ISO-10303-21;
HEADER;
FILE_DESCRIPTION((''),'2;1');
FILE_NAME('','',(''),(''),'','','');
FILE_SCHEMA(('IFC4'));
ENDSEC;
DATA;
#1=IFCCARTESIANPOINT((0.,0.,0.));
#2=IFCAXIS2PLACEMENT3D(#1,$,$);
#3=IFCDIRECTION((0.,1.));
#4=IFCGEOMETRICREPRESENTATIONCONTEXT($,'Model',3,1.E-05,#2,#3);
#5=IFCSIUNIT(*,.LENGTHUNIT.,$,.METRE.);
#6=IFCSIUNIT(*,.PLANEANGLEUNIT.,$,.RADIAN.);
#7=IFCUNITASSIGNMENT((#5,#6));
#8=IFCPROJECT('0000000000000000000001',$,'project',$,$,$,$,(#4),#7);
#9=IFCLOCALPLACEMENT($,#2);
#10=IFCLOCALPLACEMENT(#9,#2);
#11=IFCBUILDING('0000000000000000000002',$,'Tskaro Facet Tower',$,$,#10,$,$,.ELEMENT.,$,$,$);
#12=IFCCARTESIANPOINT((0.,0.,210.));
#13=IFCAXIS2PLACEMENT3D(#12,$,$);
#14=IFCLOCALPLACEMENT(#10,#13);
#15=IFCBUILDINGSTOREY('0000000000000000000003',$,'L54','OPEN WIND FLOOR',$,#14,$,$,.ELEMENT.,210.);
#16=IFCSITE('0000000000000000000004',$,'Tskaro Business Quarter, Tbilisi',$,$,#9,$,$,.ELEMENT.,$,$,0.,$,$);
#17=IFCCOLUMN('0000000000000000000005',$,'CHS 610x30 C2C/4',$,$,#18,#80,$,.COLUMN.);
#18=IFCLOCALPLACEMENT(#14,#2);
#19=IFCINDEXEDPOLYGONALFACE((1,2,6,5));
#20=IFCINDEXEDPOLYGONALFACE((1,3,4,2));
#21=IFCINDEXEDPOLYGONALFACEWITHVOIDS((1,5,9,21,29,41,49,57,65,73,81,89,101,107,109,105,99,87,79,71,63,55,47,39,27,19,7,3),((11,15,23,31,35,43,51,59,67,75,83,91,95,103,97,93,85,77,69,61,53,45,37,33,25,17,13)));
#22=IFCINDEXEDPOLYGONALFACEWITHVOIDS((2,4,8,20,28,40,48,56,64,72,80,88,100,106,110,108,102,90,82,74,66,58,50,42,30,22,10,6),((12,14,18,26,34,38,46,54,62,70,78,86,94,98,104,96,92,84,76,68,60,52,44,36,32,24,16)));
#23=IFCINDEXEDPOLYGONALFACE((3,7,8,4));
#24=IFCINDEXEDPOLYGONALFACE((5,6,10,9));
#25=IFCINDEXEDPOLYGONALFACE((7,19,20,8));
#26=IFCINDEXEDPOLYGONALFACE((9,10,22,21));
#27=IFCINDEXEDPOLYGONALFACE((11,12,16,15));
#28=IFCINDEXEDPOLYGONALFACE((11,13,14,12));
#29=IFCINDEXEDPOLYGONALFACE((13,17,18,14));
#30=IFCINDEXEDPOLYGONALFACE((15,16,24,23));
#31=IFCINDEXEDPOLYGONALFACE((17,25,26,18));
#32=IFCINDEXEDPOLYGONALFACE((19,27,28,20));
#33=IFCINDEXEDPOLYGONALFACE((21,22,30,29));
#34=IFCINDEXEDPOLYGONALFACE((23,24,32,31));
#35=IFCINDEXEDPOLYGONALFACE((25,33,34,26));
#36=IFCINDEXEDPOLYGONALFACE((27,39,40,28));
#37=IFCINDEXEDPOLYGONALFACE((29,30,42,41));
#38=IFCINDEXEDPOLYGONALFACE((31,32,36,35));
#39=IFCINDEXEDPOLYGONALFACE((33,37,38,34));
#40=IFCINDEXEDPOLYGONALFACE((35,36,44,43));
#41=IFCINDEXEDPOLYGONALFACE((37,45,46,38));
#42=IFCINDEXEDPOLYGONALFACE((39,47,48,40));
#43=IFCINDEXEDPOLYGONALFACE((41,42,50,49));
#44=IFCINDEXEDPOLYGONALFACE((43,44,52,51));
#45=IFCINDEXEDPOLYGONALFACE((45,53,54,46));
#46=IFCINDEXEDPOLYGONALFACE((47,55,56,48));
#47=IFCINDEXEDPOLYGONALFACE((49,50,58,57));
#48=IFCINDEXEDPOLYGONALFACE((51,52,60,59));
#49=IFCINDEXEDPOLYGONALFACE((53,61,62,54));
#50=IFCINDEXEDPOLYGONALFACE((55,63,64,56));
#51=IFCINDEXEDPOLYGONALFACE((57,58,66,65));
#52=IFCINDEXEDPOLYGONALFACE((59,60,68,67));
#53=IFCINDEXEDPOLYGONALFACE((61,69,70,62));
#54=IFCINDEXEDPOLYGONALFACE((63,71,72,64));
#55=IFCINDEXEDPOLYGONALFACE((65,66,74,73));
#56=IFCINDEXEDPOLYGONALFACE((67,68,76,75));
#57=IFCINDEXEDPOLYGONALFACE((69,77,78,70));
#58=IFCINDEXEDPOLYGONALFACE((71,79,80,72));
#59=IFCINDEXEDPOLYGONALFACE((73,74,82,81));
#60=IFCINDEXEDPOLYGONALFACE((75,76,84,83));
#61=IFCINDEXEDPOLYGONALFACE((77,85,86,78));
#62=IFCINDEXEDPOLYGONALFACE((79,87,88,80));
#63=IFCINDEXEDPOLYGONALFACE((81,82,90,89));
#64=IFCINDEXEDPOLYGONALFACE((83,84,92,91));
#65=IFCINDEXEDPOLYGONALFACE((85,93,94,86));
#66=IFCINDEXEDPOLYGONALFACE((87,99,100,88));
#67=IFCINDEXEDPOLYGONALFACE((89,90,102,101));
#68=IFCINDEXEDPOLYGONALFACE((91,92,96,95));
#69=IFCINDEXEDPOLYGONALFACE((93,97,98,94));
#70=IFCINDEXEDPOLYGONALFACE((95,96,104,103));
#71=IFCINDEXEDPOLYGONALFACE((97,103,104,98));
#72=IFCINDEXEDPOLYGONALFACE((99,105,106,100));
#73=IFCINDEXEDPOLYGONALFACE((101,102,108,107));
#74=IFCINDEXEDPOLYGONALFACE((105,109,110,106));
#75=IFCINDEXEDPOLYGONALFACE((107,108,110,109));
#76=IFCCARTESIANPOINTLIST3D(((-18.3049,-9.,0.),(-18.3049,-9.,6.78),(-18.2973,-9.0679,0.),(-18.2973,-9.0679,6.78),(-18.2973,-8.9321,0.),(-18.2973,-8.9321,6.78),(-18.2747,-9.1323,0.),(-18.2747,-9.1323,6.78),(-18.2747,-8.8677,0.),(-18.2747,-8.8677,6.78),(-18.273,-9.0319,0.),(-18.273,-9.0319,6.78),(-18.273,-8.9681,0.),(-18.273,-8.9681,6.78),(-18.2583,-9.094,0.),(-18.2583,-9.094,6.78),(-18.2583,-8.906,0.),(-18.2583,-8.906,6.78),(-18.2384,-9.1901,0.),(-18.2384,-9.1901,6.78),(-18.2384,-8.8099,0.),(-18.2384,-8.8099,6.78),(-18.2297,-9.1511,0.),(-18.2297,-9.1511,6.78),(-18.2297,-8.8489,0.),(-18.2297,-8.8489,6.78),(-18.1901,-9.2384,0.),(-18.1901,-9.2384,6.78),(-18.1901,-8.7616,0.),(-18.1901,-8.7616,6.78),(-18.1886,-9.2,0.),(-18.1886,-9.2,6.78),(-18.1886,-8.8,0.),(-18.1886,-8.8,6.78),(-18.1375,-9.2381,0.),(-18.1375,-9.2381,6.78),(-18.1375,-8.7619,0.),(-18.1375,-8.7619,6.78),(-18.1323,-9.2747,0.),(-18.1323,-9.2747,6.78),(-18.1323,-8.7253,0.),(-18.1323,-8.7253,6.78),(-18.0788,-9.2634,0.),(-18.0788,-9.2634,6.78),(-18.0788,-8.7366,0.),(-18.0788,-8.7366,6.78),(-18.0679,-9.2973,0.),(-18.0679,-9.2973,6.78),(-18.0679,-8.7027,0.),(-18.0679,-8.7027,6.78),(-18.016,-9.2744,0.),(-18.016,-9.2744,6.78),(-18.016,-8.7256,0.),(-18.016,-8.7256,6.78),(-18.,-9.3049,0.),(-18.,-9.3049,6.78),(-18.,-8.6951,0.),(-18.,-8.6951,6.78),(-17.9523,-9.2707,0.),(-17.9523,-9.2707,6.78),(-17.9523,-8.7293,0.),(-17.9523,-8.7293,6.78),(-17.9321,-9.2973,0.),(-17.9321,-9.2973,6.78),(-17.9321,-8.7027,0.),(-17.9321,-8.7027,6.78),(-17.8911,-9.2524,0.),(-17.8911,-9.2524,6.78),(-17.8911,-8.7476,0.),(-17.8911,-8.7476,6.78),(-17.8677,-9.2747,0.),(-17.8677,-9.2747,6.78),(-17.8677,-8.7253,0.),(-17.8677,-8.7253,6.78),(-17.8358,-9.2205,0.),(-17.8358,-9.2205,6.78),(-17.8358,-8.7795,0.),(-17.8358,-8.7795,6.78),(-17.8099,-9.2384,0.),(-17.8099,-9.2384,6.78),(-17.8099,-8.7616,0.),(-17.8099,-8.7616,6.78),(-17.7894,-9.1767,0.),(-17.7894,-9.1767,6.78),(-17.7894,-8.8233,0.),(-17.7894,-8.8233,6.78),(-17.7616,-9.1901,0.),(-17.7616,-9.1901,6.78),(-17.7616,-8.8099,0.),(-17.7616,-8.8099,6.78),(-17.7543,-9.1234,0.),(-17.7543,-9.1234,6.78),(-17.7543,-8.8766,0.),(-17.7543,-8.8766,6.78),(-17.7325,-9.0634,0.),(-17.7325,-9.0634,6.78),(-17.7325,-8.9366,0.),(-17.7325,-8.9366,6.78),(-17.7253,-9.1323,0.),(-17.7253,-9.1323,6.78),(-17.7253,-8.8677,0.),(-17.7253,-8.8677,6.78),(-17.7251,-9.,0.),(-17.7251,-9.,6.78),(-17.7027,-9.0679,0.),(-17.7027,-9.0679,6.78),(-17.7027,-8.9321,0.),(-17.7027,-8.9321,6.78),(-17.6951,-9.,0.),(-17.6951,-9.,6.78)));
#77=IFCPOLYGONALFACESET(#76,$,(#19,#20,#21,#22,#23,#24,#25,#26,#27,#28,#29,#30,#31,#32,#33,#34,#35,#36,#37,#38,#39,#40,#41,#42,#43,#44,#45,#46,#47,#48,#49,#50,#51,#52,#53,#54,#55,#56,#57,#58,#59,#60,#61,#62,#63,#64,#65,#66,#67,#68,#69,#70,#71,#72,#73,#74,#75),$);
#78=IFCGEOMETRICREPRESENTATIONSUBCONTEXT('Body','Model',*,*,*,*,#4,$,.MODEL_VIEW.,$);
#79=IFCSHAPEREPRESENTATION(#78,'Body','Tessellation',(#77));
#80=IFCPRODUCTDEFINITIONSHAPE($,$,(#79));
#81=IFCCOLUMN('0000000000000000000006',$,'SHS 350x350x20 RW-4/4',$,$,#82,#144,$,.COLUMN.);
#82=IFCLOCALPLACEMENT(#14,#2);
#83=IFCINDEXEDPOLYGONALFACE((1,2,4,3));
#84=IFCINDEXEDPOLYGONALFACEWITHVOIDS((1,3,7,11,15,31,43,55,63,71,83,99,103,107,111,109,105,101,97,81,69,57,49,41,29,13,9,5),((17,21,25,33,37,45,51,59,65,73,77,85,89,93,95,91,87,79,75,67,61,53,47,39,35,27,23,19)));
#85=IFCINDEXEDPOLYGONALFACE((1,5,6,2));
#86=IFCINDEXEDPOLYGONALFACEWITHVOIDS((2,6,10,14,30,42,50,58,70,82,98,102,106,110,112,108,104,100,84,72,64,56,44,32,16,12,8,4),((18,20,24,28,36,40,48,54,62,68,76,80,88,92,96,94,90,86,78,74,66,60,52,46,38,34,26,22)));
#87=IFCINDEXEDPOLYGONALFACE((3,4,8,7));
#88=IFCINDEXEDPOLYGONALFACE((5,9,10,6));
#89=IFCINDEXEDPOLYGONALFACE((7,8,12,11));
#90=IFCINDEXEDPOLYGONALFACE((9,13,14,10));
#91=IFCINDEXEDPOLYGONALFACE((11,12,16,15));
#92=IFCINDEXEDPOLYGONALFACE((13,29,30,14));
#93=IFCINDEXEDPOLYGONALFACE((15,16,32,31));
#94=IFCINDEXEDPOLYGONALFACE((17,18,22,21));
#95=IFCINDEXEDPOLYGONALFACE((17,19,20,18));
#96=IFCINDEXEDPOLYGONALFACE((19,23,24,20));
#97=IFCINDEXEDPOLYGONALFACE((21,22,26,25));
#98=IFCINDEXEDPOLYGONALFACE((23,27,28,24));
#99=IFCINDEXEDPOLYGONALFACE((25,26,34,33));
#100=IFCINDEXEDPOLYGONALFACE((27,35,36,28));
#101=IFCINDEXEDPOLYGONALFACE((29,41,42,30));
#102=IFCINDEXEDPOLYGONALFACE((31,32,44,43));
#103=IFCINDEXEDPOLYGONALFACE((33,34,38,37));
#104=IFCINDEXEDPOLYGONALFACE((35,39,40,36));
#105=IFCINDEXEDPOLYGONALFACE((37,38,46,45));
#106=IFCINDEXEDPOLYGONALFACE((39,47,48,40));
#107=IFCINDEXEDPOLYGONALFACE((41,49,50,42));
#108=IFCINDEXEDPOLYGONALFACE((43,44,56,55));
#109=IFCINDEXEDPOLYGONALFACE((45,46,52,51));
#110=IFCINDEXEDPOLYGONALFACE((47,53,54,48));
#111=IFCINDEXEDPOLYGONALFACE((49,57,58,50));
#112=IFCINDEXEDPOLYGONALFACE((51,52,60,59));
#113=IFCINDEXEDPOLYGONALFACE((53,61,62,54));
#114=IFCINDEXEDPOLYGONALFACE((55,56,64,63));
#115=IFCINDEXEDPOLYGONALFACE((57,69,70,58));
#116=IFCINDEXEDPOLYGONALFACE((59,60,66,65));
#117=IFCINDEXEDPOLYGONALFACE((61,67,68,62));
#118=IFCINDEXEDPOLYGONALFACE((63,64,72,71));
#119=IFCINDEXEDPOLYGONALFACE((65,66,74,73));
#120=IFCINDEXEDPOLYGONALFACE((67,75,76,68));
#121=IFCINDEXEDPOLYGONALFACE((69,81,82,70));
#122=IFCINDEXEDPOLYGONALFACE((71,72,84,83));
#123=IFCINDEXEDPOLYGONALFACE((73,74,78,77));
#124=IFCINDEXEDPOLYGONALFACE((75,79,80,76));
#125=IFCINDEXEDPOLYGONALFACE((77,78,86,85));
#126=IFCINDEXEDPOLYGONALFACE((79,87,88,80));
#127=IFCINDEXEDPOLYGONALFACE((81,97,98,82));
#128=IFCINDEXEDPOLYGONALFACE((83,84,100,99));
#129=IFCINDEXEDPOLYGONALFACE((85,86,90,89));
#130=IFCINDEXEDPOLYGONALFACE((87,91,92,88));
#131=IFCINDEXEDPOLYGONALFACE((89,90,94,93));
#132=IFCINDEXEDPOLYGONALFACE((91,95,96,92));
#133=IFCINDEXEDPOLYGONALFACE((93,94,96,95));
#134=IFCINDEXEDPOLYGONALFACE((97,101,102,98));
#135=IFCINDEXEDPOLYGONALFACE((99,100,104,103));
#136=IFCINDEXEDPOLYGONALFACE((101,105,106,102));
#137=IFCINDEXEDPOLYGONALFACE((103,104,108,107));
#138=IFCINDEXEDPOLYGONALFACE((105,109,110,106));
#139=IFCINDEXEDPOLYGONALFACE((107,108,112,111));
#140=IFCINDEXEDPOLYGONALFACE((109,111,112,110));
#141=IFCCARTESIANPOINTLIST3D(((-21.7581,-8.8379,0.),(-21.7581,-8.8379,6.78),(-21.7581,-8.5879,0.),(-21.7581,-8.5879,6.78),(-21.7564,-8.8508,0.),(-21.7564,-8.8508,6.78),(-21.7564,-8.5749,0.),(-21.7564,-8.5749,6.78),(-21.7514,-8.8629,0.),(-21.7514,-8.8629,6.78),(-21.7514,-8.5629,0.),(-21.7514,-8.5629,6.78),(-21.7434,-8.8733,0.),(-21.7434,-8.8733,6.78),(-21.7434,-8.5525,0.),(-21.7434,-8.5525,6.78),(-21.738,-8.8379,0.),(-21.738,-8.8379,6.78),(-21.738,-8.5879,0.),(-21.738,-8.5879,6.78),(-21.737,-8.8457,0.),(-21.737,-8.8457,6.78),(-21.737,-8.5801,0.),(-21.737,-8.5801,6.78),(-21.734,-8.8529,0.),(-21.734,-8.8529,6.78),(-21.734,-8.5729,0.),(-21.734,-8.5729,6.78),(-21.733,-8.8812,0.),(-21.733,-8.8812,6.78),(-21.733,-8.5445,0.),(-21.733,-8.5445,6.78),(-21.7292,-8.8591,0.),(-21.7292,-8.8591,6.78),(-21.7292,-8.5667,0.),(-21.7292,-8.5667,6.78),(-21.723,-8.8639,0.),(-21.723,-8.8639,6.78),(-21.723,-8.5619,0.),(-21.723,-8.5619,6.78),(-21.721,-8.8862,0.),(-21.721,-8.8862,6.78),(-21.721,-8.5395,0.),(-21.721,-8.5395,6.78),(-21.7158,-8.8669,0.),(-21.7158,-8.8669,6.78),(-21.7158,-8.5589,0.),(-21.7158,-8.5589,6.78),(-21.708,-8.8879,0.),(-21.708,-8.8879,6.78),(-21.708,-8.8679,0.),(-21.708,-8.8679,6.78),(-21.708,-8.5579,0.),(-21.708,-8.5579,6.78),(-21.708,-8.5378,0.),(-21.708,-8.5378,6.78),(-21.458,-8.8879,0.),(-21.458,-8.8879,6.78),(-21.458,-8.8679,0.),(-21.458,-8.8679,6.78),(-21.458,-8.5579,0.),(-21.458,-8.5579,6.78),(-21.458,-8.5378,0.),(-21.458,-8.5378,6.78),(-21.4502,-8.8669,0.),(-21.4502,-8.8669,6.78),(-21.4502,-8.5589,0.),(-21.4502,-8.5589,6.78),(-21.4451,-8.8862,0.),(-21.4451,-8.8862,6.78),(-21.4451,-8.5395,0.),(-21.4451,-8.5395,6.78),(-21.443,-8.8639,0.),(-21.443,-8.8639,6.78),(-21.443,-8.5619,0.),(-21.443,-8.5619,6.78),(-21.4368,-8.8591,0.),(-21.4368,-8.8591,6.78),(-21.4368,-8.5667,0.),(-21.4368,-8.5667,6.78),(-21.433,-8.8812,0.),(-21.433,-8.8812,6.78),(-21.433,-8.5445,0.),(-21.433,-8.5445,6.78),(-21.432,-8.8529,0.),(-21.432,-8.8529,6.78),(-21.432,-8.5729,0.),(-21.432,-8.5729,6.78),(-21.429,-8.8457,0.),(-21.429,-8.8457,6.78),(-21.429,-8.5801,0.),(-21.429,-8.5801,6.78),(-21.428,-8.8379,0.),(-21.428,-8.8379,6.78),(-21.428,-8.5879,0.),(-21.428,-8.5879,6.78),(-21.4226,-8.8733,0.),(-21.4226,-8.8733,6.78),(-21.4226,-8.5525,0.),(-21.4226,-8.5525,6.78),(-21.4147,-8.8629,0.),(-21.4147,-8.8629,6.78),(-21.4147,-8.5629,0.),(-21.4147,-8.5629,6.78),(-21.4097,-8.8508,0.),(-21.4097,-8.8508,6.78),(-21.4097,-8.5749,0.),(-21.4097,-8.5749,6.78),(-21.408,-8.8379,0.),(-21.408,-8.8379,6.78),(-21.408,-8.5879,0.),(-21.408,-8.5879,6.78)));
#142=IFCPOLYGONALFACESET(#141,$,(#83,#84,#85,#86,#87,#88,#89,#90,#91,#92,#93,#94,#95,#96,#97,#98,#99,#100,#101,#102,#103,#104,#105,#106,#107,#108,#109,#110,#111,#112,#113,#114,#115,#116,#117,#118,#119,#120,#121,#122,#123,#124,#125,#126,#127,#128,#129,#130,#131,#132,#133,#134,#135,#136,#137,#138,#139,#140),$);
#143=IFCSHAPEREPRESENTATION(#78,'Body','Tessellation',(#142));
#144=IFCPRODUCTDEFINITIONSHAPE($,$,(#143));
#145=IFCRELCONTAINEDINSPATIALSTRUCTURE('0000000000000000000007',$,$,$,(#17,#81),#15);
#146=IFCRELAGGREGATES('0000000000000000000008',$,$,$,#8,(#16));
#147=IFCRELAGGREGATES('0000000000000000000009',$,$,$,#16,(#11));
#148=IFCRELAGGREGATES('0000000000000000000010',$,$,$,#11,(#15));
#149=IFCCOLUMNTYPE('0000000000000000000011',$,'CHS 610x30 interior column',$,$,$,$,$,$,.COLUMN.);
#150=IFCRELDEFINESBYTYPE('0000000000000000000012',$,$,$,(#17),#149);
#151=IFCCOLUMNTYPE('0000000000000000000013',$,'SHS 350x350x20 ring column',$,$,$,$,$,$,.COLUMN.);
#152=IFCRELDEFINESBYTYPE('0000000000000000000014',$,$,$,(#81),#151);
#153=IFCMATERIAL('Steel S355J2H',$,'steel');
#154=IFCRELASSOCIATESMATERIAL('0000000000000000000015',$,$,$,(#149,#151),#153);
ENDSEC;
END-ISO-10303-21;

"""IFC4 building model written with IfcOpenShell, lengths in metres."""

from ifc_helpers import new_model, si_unit, direction, frame, origin, origin_2d, place, context, subcontext, project, spatial, hollow_rectangle, hollow_circle, extrude, material, material_profile, profile_set, type_object, element, save


model = new_model("IFC4")

# Units and contexts
model_context = context("Model", 3, precision=1e-05, world=origin(), true_north=direction((0.0, 1.0)))
body_context = subcontext(model_context, "Body", "Model", "MODEL_VIEW")
ifc_project = project(units=[si_unit("LENGTHUNIT", "METRE"), si_unit("PLANEANGLEUNIT", "RADIAN")], contexts=[model_context])

# Site, building, storey
site_placement = place(None, origin())
site = spatial("IfcSite", under=ifc_project, at=site_placement, Name="Tskaro Business Quarter, Tbilisi", CompositionType="ELEMENT", RefElevation=0.0)
building_placement = place(site_placement, origin())
building = spatial("IfcBuilding", under=site, at=building_placement, Name="Tskaro Facet Tower", CompositionType="ELEMENT")
storey_placement = place(building_placement, frame((0.0, 0.0, 210.0)))
storey = spatial("IfcBuildingStorey", under=building, at=storey_placement, Name="L54", Description="OPEN WIND FLOOR", CompositionType="ELEMENT", Elevation=210.0)

# Columns
ifc_material_1 = material(Name="Steel S355J2H", Category="steel")
ifc_material_profile_1 = material_profile(ifc_material_1, hollow_circle(Radius=0.3049, WallThickness=0.03, at=origin_2d()), Name="CHS 610x30")
ifc_profile_set_1 = profile_set([ifc_material_profile_1], Name="Steel S355J2H")
column_type_1 = type_object("IfcColumnType", Name="CHS 610x30 interior column", PredefinedType="COLUMN", material=ifc_profile_set_1)
column_placement = place(storey_placement, frame((-18.0, -9.0, 0.0), z_axis=(0.0, 0.0, 1.0), x_axis=(1.0, 0.0, 0.0)))
element("IfcColumn", 1, at=column_placement, inside=storey, type_object=column_type_1, Name="CHS 610x30 C2C/4", PredefinedType="COLUMN", context=body_context, shape_type="SweptSolid", body=[
    extrude(hollow_circle(Radius=0.3049, WallThickness=0.03, at=origin_2d()), origin(), (0.0, 0.0, 1.0), 6.78),
])
ifc_material_profile_2 = material_profile(ifc_material_1, hollow_rectangle(XDim=0.3501, YDim=0.3501, WallThickness=0.02, InnerFilletRadius=0.03, OuterFilletRadius=0.05, at=origin_2d()), Name="SHS 350x350x20")
ifc_profile_set_2 = profile_set([ifc_material_profile_2], Name="Steel S355J2H")
column_type_2 = type_object("IfcColumnType", Name="SHS 350x350x20 ring column", PredefinedType="COLUMN", material=ifc_profile_set_2)
for number, where, z_axis, x_axis, name in (
    (2, (-21.583, -8.7129, 0.0), (0.0, 0.0, 1.0), (1.0, 0.0, 0.0), "SHS 350x350x20 RW-4/4"),
):
    element("IfcColumn", number, at=place(storey_placement, frame(where, z_axis=z_axis, x_axis=x_axis)), inside=storey, type_object=column_type_2, Name=name, PredefinedType="COLUMN", context=body_context, shape_type="SweptSolid", body=[
        extrude(hollow_rectangle(XDim=0.3501, YDim=0.3501, WallThickness=0.02, InnerFilletRadius=0.03, OuterFilletRadius=0.05, at=origin_2d()), origin(), (0.0, 0.0, 1.0), 6.78),
    ])

save(model, "model.ifc")
